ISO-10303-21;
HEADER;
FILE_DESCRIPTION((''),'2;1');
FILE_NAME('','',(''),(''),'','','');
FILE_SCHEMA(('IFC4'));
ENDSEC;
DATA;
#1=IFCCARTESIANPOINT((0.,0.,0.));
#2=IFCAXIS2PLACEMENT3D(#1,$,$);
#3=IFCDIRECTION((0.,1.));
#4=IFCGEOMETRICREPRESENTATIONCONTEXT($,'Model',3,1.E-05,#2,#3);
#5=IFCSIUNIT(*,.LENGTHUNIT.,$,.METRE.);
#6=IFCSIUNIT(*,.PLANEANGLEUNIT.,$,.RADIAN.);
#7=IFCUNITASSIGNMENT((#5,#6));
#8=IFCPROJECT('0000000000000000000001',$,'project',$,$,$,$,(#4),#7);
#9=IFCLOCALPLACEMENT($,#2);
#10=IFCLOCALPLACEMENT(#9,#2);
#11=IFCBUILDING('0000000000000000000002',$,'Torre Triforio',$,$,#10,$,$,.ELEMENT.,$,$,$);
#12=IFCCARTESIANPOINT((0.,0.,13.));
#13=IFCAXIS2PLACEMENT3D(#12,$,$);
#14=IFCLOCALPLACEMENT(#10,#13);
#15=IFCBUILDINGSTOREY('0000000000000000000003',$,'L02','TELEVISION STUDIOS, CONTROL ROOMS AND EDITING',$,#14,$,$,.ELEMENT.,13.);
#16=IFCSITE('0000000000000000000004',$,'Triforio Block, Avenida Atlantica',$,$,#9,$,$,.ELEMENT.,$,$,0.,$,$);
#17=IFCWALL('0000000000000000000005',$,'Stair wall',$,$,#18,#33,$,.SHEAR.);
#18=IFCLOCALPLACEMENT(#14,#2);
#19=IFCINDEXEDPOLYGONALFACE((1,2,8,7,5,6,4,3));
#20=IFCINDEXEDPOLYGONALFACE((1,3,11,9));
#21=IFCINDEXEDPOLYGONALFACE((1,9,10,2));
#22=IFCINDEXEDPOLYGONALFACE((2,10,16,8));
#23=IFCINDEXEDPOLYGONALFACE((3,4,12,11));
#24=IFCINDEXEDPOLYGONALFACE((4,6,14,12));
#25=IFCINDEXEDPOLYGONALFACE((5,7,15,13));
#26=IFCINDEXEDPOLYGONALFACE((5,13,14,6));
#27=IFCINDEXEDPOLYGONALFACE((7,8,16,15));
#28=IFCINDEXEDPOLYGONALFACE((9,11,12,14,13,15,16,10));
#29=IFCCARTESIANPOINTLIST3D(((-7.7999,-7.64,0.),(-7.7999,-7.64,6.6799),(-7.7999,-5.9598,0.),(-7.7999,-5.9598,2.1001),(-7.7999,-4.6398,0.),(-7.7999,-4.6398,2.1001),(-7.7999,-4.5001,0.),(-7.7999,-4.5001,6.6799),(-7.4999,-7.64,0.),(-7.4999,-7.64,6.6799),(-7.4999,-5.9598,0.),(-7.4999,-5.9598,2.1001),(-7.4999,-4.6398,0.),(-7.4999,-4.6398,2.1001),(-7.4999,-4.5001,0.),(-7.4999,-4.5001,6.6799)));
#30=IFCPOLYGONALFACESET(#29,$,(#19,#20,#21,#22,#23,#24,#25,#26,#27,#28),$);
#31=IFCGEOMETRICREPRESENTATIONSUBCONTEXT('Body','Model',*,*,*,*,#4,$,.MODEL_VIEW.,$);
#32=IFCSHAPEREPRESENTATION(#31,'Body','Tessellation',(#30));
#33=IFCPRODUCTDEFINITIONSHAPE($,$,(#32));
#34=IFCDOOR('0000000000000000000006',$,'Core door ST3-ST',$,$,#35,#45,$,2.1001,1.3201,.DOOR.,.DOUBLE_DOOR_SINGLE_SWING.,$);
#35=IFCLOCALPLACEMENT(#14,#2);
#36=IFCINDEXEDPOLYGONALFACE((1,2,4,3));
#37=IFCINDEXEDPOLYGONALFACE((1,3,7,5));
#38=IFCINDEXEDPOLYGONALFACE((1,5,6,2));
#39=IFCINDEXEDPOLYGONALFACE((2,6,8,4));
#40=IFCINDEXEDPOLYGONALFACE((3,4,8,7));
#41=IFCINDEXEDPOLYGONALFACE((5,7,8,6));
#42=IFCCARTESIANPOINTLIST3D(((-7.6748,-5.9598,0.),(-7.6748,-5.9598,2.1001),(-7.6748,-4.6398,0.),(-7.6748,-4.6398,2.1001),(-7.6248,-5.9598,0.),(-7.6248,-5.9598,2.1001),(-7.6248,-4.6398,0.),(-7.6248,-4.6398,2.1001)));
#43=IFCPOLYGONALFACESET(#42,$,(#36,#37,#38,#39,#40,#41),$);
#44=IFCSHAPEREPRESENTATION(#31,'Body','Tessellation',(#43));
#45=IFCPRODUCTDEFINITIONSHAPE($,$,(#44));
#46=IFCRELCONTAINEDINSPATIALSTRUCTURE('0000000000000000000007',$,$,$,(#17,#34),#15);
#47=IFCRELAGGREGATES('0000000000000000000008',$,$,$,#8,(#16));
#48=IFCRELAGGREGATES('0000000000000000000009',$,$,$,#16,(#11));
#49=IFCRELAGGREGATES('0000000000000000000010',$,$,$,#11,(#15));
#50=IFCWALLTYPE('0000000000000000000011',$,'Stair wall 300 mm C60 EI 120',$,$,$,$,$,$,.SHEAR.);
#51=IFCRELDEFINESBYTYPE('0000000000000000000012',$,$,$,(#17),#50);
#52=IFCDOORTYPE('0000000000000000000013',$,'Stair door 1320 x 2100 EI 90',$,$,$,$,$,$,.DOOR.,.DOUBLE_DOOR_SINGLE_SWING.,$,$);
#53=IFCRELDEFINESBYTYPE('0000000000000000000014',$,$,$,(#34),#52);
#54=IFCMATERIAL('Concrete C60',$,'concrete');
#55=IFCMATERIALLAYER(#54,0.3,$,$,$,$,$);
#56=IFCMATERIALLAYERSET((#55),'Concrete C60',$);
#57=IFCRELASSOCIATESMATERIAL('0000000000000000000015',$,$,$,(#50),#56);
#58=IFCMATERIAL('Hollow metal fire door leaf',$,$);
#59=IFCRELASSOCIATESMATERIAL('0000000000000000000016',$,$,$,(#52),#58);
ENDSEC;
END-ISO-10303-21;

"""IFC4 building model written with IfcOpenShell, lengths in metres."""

from ifc_helpers import new_model, si_unit, direction, frame, frame_2d, origin, place, context, subcontext, project, spatial, rectangle, extrude, material, layer, layer_set, type_object, element, fill, save


model = new_model("IFC4")

# Units and contexts
model_context = context("Model", 3, precision=1e-05, world=origin(), true_north=direction((0.0, 1.0)))
body_context = subcontext(model_context, "Body", "Model", "MODEL_VIEW")
ifc_project = project(units=[si_unit("LENGTHUNIT", "METRE"), si_unit("PLANEANGLEUNIT", "RADIAN")], contexts=[model_context])

# Site, building, storey
site_placement = place(None, origin())
site = spatial("IfcSite", under=ifc_project, at=site_placement, Name="Triforio Block, Avenida Atlantica", CompositionType="ELEMENT", RefElevation=0.0)
building_placement = place(site_placement, origin())
building = spatial("IfcBuilding", under=site, at=building_placement, Name="Torre Triforio", CompositionType="ELEMENT")
storey_placement = place(building_placement, frame((0.0, 0.0, 13.0)))
storey = spatial("IfcBuildingStorey", under=building, at=storey_placement, Name="L02", Description="TELEVISION STUDIOS, CONTROL ROOMS AND EDITING", CompositionType="ELEMENT", Elevation=13.0)

# Shared definitions
ifc_material_1 = material(Name="Concrete C60", Category="concrete")
ifc_material_2 = material(Name="Hollow metal fire door leaf")

# Wall, opening, door
ifc_layer_1 = layer(ifc_material_1, 0.3)
ifc_layer_set_1 = layer_set([ifc_layer_1], Name="Concrete C60")
wall_type_1 = type_object("IfcWallType", Name="Stair wall 300 mm C60 EI 120", PredefinedType="SHEAR", material=ifc_layer_set_1)
wall_1_placement = place(storey_placement, frame((-7.6499, -7.6399, 0.0), z_axis=(0.0, 0.0, 1.0), x_axis=(0.0, 1.0, 0.0)))
wall_1 = element("IfcWall", 1, at=wall_1_placement, inside=storey, type_object=wall_type_1, Name="Stair wall", PredefinedType="SHEAR", context=body_context, shape_type="SweptSolid", body=[
    extrude(rectangle(XDim=3.1399, YDim=0.3, at=frame_2d((1.5698, 0.0))), origin(), (0.0, 0.0, 1.0), 6.6799),
])
opening_1_placement = place(wall_1_placement, frame((1.6799, 0.0, 0.0)))
opening_1 = element("IfcOpeningElement", 2, at=opening_1_placement, cuts=wall_1, PredefinedType="OPENING", context=body_context, shape_type="SweptSolid", body=[
    extrude(rectangle(XDim=1.3201, YDim=2.1001, at=frame_2d((0.6602, 1.05))), frame((0.0, 0.1599, 0.0), z_axis=(0.0, -1.0, 0.0), x_axis=(1.0, 0.0, 0.0)), (0.0, 0.0, 1.0), 0.3201),
])
door_type_1 = type_object("IfcDoorType", Name="Stair door 1320 x 2100 EI 90", OperationType="DOUBLE_DOOR_SINGLE_SWING", PredefinedType="DOOR", material=ifc_material_2)
door_1_placement = place(opening_1_placement, origin())
door_1 = element("IfcDoor", 3, at=door_1_placement, inside=storey, type_object=door_type_1, Name="Core door ST3-ST", OperationType="DOUBLE_DOOR_SINGLE_SWING", OverallHeight=2.1001, OverallWidth=1.3201, PredefinedType="DOOR", context=body_context, shape_type="SweptSolid", body=[
    extrude(rectangle(XDim=1.3201, YDim=2.1001, at=frame_2d((0.6602, 1.05))), frame((0.0, 0.0249, 0.0), z_axis=(0.0, -1.0, 0.0), x_axis=(1.0, 0.0, 0.0)), (0.0, 0.0, 1.0), 0.05),
])
fill(opening_1, door_1)

save(model, "model.ifc")
